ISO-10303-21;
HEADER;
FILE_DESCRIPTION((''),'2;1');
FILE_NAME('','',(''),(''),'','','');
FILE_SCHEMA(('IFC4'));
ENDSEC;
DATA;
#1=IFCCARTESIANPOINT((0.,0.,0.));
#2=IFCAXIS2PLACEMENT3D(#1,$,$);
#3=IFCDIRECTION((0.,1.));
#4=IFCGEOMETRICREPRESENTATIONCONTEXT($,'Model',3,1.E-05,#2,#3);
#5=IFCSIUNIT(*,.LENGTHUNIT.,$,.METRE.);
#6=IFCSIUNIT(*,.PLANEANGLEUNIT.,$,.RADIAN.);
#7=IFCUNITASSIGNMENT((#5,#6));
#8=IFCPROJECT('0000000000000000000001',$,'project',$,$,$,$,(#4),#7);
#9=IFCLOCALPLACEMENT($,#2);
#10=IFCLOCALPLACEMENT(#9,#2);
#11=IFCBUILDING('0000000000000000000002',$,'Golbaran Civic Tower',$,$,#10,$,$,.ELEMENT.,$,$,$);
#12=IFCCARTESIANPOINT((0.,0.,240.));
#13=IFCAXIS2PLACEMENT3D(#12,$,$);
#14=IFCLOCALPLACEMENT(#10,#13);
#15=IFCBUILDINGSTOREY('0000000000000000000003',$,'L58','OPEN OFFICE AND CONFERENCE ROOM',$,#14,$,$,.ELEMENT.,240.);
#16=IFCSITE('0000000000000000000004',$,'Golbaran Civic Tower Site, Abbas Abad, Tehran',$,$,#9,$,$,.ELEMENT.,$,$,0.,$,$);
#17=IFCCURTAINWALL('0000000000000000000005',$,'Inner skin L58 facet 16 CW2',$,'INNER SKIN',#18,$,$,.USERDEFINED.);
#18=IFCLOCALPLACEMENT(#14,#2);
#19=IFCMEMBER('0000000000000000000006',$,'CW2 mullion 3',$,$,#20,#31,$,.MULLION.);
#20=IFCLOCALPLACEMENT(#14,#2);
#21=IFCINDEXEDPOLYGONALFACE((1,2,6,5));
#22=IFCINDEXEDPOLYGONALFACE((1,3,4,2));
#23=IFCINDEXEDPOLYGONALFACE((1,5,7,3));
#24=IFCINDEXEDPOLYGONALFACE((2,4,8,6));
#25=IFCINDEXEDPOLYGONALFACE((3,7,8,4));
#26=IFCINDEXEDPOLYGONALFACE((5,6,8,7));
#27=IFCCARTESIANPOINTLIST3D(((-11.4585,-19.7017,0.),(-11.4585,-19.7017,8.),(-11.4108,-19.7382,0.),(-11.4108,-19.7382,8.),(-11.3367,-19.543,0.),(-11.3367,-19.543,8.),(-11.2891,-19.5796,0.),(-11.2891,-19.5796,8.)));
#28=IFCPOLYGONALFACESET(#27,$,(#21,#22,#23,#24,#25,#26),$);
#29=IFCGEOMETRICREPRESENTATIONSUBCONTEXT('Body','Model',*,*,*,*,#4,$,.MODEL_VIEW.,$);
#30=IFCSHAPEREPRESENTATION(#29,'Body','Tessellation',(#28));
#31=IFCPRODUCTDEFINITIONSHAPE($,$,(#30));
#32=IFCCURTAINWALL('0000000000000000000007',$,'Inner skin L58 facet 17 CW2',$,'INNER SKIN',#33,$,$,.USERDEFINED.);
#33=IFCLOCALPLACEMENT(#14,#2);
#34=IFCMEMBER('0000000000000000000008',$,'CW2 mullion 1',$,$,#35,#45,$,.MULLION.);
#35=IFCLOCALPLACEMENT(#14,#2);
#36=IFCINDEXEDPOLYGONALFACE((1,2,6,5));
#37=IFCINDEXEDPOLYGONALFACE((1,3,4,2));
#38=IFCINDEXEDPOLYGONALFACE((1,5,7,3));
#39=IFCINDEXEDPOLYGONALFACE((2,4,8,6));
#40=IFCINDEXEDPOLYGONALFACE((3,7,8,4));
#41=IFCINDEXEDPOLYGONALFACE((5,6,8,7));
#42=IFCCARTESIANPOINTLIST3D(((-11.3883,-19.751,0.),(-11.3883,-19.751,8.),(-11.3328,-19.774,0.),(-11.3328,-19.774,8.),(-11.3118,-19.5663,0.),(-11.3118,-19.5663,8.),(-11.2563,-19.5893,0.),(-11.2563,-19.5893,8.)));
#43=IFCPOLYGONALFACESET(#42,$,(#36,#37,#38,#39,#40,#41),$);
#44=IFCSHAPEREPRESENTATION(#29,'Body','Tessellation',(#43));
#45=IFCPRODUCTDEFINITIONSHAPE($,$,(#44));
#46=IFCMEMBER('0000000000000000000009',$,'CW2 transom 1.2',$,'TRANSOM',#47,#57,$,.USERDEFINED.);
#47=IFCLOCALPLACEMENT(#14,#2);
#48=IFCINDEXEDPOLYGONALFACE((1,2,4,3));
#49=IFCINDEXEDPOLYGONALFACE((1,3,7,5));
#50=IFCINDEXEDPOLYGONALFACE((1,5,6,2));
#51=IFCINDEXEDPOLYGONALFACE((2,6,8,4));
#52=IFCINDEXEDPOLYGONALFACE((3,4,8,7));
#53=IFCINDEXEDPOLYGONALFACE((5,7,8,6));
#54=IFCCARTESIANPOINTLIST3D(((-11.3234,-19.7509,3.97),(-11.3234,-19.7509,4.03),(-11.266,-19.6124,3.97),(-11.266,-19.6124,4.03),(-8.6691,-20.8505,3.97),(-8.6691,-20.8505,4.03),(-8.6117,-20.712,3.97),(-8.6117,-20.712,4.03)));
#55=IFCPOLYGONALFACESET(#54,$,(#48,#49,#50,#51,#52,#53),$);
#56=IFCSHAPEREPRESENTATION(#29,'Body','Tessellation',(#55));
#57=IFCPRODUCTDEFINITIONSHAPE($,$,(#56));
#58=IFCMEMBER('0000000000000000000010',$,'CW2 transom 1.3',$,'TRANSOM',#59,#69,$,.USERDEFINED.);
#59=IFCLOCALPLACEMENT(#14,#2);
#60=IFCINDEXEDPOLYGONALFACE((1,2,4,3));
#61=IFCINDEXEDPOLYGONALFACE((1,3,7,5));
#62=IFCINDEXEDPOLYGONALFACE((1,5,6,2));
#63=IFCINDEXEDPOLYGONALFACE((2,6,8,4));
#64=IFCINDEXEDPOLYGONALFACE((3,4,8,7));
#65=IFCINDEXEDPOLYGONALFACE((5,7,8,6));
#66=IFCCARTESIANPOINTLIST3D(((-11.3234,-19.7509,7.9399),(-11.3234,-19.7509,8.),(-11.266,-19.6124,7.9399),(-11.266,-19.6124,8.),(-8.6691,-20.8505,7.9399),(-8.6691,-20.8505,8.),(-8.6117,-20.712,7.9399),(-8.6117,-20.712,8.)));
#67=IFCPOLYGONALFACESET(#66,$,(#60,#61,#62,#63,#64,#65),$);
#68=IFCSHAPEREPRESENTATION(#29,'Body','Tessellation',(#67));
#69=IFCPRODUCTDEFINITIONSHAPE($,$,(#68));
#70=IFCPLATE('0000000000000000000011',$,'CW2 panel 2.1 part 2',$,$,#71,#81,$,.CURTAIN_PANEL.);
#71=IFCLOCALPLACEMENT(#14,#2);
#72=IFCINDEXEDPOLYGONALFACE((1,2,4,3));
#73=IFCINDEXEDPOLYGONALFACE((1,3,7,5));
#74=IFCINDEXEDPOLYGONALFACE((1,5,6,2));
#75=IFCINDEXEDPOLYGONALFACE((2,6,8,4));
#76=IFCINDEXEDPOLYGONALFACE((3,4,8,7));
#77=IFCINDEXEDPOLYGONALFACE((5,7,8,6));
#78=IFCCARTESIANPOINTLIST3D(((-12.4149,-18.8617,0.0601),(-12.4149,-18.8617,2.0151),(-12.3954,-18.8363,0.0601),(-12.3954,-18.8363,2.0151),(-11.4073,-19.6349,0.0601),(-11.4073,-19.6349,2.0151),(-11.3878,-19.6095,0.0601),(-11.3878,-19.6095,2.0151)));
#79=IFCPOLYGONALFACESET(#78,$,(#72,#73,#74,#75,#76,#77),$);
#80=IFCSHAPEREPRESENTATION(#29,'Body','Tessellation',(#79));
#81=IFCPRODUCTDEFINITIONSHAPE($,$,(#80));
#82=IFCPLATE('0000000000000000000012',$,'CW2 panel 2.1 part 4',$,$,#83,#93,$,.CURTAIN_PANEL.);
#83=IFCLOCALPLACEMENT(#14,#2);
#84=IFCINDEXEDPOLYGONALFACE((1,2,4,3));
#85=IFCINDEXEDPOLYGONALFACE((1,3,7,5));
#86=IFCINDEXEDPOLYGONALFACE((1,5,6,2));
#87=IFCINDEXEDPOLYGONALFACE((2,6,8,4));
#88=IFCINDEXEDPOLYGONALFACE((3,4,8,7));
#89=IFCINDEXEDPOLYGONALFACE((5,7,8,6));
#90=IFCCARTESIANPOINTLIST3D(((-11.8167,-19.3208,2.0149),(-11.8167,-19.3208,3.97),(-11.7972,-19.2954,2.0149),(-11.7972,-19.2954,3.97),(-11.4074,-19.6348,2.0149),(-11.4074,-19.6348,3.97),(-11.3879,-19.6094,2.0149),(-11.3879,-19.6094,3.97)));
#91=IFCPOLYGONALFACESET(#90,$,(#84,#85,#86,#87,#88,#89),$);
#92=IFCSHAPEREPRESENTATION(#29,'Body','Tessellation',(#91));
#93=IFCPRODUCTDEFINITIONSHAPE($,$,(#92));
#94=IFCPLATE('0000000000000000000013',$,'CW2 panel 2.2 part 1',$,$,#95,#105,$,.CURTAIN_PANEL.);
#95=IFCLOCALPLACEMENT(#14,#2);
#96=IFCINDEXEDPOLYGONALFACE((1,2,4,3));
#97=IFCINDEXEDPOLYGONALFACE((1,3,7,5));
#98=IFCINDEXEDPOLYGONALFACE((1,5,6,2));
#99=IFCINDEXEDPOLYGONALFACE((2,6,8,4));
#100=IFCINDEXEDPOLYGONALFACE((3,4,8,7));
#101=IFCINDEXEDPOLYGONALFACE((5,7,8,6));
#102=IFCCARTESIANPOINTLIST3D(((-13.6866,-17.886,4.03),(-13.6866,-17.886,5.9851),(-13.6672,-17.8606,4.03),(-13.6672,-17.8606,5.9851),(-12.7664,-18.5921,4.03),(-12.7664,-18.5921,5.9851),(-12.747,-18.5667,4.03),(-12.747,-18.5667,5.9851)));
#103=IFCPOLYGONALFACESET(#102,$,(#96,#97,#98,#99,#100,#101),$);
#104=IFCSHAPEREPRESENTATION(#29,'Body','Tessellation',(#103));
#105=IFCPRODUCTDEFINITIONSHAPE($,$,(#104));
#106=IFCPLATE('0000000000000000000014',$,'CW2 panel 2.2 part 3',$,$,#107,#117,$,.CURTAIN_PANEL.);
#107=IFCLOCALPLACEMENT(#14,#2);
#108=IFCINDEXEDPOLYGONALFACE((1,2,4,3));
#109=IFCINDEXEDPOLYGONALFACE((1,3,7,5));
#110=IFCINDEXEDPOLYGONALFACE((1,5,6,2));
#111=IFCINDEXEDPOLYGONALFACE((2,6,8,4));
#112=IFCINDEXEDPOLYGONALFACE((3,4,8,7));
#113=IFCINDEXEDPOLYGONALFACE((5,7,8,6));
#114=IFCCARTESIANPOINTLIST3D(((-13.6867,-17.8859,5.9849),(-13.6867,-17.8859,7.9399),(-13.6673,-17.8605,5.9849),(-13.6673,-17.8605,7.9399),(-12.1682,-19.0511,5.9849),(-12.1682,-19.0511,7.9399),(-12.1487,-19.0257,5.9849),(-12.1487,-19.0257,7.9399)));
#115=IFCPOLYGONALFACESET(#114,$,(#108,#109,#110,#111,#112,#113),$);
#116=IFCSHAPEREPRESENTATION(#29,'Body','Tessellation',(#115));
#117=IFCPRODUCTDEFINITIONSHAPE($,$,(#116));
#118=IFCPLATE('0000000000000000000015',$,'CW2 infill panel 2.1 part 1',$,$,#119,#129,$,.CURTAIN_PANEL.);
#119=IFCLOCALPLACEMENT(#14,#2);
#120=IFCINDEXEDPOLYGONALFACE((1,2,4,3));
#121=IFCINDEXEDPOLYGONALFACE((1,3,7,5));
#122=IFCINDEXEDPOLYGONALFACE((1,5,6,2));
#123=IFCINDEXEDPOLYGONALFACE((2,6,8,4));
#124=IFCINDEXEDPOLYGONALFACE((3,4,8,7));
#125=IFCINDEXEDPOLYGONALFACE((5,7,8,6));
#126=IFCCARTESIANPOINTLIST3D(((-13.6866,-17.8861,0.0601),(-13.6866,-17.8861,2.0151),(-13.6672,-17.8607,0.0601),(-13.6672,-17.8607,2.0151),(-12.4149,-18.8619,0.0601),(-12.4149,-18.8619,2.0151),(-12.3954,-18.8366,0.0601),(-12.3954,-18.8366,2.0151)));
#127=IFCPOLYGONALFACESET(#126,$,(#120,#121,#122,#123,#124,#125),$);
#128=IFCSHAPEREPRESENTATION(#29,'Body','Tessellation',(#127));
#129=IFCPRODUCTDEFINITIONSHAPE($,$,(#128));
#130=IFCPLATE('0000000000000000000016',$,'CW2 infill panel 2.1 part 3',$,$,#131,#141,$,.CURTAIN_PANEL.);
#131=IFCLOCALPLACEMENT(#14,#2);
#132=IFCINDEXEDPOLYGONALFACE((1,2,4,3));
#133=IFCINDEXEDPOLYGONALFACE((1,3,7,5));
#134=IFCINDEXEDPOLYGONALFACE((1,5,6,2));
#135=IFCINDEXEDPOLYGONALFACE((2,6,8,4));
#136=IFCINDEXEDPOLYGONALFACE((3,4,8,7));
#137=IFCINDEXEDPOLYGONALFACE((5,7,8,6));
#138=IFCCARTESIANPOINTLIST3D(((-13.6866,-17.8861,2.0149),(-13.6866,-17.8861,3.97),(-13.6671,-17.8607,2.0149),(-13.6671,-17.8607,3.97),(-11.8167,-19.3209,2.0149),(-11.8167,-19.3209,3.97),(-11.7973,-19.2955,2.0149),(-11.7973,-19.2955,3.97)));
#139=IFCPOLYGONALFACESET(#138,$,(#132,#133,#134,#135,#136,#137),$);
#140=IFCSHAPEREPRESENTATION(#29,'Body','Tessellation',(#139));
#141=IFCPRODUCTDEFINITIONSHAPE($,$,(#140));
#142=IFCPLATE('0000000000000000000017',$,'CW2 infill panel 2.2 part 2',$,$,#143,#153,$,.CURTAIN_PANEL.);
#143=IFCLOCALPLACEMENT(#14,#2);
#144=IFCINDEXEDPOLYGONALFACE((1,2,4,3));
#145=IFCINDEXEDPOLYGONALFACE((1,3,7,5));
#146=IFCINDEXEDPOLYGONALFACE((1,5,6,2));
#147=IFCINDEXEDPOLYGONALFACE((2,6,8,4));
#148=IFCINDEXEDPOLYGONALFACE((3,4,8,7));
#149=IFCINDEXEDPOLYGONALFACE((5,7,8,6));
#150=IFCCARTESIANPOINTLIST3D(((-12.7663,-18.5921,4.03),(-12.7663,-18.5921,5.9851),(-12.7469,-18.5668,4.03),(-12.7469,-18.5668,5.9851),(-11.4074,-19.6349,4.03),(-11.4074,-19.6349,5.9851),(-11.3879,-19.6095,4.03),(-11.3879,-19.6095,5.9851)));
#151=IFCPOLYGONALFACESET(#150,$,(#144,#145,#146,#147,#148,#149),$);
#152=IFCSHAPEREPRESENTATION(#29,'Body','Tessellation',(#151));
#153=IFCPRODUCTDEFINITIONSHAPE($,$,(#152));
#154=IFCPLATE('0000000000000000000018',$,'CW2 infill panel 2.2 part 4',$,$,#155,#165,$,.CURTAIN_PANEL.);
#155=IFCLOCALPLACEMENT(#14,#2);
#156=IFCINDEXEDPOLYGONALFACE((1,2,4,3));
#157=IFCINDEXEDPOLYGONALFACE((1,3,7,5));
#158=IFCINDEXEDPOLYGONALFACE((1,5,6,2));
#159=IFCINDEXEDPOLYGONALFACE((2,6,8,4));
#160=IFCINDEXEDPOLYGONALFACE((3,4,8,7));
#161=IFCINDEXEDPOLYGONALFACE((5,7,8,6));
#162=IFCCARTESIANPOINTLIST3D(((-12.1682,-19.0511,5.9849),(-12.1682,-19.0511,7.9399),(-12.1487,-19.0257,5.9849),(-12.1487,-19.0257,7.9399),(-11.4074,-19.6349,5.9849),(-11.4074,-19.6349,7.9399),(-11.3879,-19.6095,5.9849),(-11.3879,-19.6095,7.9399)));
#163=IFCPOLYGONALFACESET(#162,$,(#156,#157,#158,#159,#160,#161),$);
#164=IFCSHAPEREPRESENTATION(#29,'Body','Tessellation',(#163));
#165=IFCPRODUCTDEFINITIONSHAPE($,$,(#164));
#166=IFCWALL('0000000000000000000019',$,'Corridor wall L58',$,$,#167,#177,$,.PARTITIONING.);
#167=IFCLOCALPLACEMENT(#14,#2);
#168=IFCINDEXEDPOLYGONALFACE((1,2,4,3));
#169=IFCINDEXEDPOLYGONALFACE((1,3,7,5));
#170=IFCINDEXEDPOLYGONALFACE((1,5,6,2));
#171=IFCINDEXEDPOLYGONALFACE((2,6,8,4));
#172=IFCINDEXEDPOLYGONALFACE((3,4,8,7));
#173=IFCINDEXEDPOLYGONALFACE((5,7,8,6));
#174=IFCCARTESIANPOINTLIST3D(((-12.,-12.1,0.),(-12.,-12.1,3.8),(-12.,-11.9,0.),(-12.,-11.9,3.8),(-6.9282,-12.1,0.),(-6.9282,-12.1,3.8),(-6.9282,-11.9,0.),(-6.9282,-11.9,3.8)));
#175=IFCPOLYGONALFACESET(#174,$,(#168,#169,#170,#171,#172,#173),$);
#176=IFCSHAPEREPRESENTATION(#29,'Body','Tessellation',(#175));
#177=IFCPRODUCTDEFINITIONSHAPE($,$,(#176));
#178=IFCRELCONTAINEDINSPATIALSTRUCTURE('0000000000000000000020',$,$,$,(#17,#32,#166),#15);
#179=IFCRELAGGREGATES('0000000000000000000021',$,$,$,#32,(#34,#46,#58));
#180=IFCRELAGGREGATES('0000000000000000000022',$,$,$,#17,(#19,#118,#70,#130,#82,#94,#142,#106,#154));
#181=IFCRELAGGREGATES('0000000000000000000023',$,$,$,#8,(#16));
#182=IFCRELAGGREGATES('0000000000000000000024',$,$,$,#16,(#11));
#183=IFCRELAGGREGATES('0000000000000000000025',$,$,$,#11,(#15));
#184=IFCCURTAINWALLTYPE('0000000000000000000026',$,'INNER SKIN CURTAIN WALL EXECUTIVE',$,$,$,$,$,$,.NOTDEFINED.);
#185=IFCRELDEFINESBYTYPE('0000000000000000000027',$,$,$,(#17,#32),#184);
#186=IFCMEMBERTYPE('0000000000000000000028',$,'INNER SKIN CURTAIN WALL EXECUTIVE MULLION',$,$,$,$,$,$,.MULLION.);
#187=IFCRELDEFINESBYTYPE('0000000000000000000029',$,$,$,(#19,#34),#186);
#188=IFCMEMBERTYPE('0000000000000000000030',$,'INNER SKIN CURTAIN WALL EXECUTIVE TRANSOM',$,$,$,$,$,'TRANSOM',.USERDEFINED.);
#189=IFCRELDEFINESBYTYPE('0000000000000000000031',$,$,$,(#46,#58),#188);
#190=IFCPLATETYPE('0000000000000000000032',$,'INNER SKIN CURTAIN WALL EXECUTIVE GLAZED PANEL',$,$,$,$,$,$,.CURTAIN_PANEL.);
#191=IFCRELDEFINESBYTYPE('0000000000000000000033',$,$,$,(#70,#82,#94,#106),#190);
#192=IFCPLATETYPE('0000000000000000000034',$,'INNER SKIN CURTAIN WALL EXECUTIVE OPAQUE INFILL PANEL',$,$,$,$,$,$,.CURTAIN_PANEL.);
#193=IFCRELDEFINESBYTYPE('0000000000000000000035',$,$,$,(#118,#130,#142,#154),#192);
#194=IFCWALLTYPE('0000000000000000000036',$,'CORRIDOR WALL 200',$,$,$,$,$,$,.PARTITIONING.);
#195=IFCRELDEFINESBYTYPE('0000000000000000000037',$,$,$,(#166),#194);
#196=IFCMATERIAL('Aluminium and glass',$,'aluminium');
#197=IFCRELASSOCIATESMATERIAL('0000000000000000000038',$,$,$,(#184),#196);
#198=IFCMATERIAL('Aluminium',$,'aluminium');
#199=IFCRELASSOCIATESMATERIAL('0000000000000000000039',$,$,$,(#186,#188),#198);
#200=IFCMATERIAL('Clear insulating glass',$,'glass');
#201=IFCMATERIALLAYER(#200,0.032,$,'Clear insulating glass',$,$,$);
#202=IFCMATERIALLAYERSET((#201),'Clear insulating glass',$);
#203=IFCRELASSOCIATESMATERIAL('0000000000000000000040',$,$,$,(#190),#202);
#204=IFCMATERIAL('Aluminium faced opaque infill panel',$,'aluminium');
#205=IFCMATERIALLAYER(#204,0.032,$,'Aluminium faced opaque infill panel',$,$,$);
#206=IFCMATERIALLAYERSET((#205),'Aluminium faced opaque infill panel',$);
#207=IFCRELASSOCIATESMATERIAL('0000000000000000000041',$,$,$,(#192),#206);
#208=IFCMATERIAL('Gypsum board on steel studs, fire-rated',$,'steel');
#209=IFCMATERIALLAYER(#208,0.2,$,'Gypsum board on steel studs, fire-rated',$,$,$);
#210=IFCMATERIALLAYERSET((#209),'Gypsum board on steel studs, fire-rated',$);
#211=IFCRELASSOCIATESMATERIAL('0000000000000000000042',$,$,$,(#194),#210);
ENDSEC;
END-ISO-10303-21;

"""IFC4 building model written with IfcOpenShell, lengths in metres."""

from ifc_helpers import new_model, si_unit, direction, frame, frame_2d, origin, origin_2d, place, context, subcontext, project, spatial, rectangle, extrude, material, layer, layer_set, material_profile, profile_set, type_object, element, aggregate, save


model = new_model("IFC4")

# Units and contexts
model_context = context("Model", 3, precision=1e-05, world=origin(), true_north=direction((0.0, 1.0)))
body_context = subcontext(model_context, "Body", "Model", "MODEL_VIEW")
ifc_project = project(units=[si_unit("LENGTHUNIT", "METRE"), si_unit("PLANEANGLEUNIT", "RADIAN")], contexts=[model_context])

# Site, building, storey
site_placement = place(None, origin())
site = spatial("IfcSite", under=ifc_project, at=site_placement, Name="Golbaran Civic Tower Site, Abbas Abad, Tehran", CompositionType="ELEMENT", RefElevation=0.0)
building_placement = place(site_placement, origin())
building = spatial("IfcBuilding", under=site, at=building_placement, Name="Golbaran Civic Tower", CompositionType="ELEMENT")
storey_placement = place(building_placement, frame((0.0, 0.0, 240.0)))
storey = spatial("IfcBuildingStorey", under=building, at=storey_placement, Name="L58", Description="OPEN OFFICE AND CONFERENCE ROOM", CompositionType="ELEMENT", Elevation=240.0)

# Curtain wall, member
ifc_material_1 = material(Name="Aluminium and glass", Category="aluminium")
curtain_wall_type = type_object("IfcCurtainWallType", Name="INNER SKIN CURTAIN WALL EXECUTIVE", PredefinedType="NOTDEFINED", material=ifc_material_1)
curtain_wall_1_placement = place(storey_placement, origin())
curtain_wall_1 = element("IfcCurtainWall", 1, at=curtain_wall_1_placement, inside=storey, type_object=curtain_wall_type, Name="Inner skin L58 facet 16 CW2", ObjectType="INNER SKIN", PredefinedType="USERDEFINED")
ifc_material_2 = material(Name="Aluminium", Category="aluminium")
ifc_material_profile_1 = material_profile(ifc_material_2, rectangle(XDim=0.2, YDim=0.0601, at=origin_2d()), Name="INNER SKIN CURTAIN WALL EXECUTIVE MULLION")
ifc_profile_set_1 = profile_set([ifc_material_profile_1], Name="Aluminium")
member_type_1 = type_object("IfcMemberType", Name="INNER SKIN CURTAIN WALL EXECUTIVE MULLION", PredefinedType="MULLION", material=ifc_profile_set_1)
member_1_placement = place(storey_placement, frame((-11.3738, -19.6406, 0.0), z_axis=(0.0, 0.0, 1.0), x_axis=(0.608761, 0.793353, 0.0)))
member_1 = element("IfcMember", 2, at=member_1_placement, type_object=member_type_1, Name="CW2 mullion 3", PredefinedType="MULLION", context=body_context, shape_type="SweptSolid", body=[
    extrude(rectangle(XDim=0.2, YDim=0.0601, at=origin_2d()), origin(), (0.0, 0.0, 1.0), 8.0),
])

# Curtain wall, members
curtain_wall_2_placement = place(storey_placement, origin())
curtain_wall_2 = element("IfcCurtainWall", 3, at=curtain_wall_2_placement, inside=storey, type_object=curtain_wall_type, Name="Inner skin L58 facet 17 CW2", ObjectType="INNER SKIN", PredefinedType="USERDEFINED")
member_2_placement = place(storey_placement, frame((-11.3223, -19.6702, 0.0), z_axis=(0.0, 0.0, 1.0), x_axis=(0.382683, 0.92388, 0.0)))
member_2 = element("IfcMember", 4, at=member_2_placement, type_object=member_type_1, Name="CW2 mullion 1", PredefinedType="MULLION", context=body_context, shape_type="SweptSolid", body=[
    extrude(rectangle(XDim=0.2, YDim=0.0601, at=origin_2d()), origin(), (0.0, 0.0, 1.0), 8.0),
])
ifc_material_profile_2 = material_profile(ifc_material_2, rectangle(XDim=0.1499, YDim=0.0601, at=origin_2d()), Name="INNER SKIN CURTAIN WALL EXECUTIVE TRANSOM")
ifc_profile_set_2 = profile_set([ifc_material_profile_2], Name="Aluminium")
member_type_2 = type_object("IfcMemberType", Name="INNER SKIN CURTAIN WALL EXECUTIVE TRANSOM", ElementType="TRANSOM", PredefinedType="USERDEFINED", material=ifc_profile_set_2)
member_3_placement = place(storey_placement, frame((-11.2947, -19.6816, 4.0), z_axis=(0.923859, -0.382732, 0.0), x_axis=(0.382732, 0.923859, 0.0)))
member_3 = element("IfcMember", 5, at=member_3_placement, type_object=member_type_2, Name="CW2 transom 1.2", ObjectType="TRANSOM", PredefinedType="USERDEFINED", context=body_context, shape_type="SweptSolid", body=[
    extrude(rectangle(XDim=0.1499, YDim=0.0601, at=origin_2d()), origin(), (0.0, 0.0, 1.0), 2.873),
])
member_4_placement = place(storey_placement, frame((-11.2947, -19.6816, 7.97), z_axis=(0.923859, -0.382732, 0.0), x_axis=(0.382732, 0.923859, 0.0)))
member_4 = element("IfcMember", 6, at=member_4_placement, type_object=member_type_2, Name="CW2 transom 1.3", ObjectType="TRANSOM", PredefinedType="USERDEFINED", context=body_context, shape_type="SweptSolid", body=[
    extrude(rectangle(XDim=0.1499, YDim=0.0601, at=origin_2d()), origin(), (0.0, 0.0, 1.0), 2.873),
])
aggregate(curtain_wall_2, [member_2, member_3, member_4])

# Plates
ifc_material_3 = material(Name="Clear insulating glass", Category="glass")
ifc_layer_1 = layer(ifc_material_3, 0.032, Name="Clear insulating glass")
ifc_layer_set_1 = layer_set([ifc_layer_1], Name="Clear insulating glass")
plate_type_1 = type_object("IfcPlateType", Name="INNER SKIN CURTAIN WALL EXECUTIVE GLAZED PANEL", PredefinedType="CURTAIN_PANEL", material=ifc_layer_set_1)
plate_1_placement = place(storey_placement, frame((-11.9014, -19.2356, 0.0601), z_axis=(0.0, 0.0, 1.0), x_axis=(0.793353, -0.608761, 0.0)))
plate_1 = element("IfcPlate", 7, at=plate_1_placement, type_object=plate_type_1, Name="CW2 panel 2.1 part 2", PredefinedType="CURTAIN_PANEL", context=body_context, shape_type="SweptSolid", body=[
    extrude(rectangle(XDim=1.27, YDim=0.032, at=origin_2d()), origin(), (0.0, 0.0, 1.0), 1.9551),
])
plate_2_placement = place(storey_placement, frame((-11.6023, -19.4651, 2.0149), z_axis=(0.0, 0.0, 1.0), x_axis=(0.793353, -0.608761, 0.0)))
plate_2 = element("IfcPlate", 8, at=plate_2_placement, type_object=plate_type_1, Name="CW2 panel 2.1 part 4", PredefinedType="CURTAIN_PANEL", context=body_context, shape_type="SweptSolid", body=[
    extrude(rectangle(XDim=0.5159, YDim=0.032, at=origin_2d()), origin(), (0.0, 0.0, 1.0), 1.9551),
])
plate_3_placement = place(storey_placement, frame((-13.2168, -18.2263, 4.03), z_axis=(0.0, 0.0, 1.0), x_axis=(0.793353, -0.608761, 0.0)))
plate_3 = element("IfcPlate", 9, at=plate_3_placement, type_object=plate_type_1, Name="CW2 panel 2.2 part 1", PredefinedType="CURTAIN_PANEL", context=body_context, shape_type="SweptSolid", body=[
    extrude(rectangle(XDim=1.1599, YDim=0.032, at=origin_2d()), origin(), (0.0, 0.0, 1.0), 1.9551),
])
plate_4_placement = place(storey_placement, frame((-12.9177, -18.4558, 5.9849), z_axis=(0.0, 0.0, 1.0), x_axis=(0.793353, -0.608761, 0.0)))
plate_4 = element("IfcPlate", 10, at=plate_4_placement, type_object=plate_type_1, Name="CW2 panel 2.2 part 3", PredefinedType="CURTAIN_PANEL", context=body_context, shape_type="SweptSolid", body=[
    extrude(rectangle(XDim=1.9141, YDim=0.032, at=origin_2d()), origin(), (0.0, 0.0, 1.0), 1.9551),
])
ifc_material_4 = material(Name="Aluminium faced opaque infill panel", Category="aluminium")
ifc_layer_2 = layer(ifc_material_4, 0.032, Name="Aluminium faced opaque infill panel")
ifc_layer_set_2 = layer_set([ifc_layer_2], Name="Aluminium faced opaque infill panel")
plate_type_2 = type_object("IfcPlateType", Name="INNER SKIN CURTAIN WALL EXECUTIVE OPAQUE INFILL PANEL", PredefinedType="CURTAIN_PANEL", material=ifc_layer_set_2)
plate_5_placement = place(storey_placement, frame((-13.041, -18.3613, 0.0601), z_axis=(0.0, 0.0, 1.0), x_axis=(0.793353, -0.608761, 0.0)))
plate_5 = element("IfcPlate", 11, at=plate_5_placement, type_object=plate_type_2, Name="CW2 infill panel 2.1 part 1", PredefinedType="CURTAIN_PANEL", context=body_context, shape_type="SweptSolid", body=[
    extrude(rectangle(XDim=1.603, YDim=0.032, at=origin_2d()), origin(), (0.0, 0.0, 1.0), 1.9551),
])
plate_6_placement = place(storey_placement, frame((-12.7419, -18.5908, 2.0149), z_axis=(0.0, 0.0, 1.0), x_axis=(0.793353, -0.608761, 0.0)))
plate_6 = element("IfcPlate", 12, at=plate_6_placement, type_object=plate_type_2, Name="CW2 infill panel 2.1 part 3", PredefinedType="CURTAIN_PANEL", context=body_context, shape_type="SweptSolid", body=[
    extrude(rectangle(XDim=2.3569, YDim=0.032, at=origin_2d()), origin(), (0.0, 0.0, 1.0), 1.9551),
])
plate_7_placement = place(storey_placement, frame((-12.0771, -19.1008, 4.03), z_axis=(0.0, 0.0, 1.0), x_axis=(0.793353, -0.608761, 0.0)))
plate_7 = element("IfcPlate", 13, at=plate_7_placement, type_object=plate_type_2, Name="CW2 infill panel 2.2 part 2", PredefinedType="CURTAIN_PANEL", context=body_context, shape_type="SweptSolid", body=[
    extrude(rectangle(XDim=1.7129, YDim=0.032, at=origin_2d()), origin(), (0.0, 0.0, 1.0), 1.9551),
])
plate_8_placement = place(storey_placement, frame((-11.7781, -19.3303, 5.9849), z_axis=(0.0, 0.0, 1.0), x_axis=(0.793353, -0.608761, 0.0)))
plate_8 = element("IfcPlate", 14, at=plate_8_placement, type_object=plate_type_2, Name="CW2 infill panel 2.2 part 4", PredefinedType="CURTAIN_PANEL", context=body_context, shape_type="SweptSolid", body=[
    extrude(rectangle(XDim=0.959, YDim=0.032, at=origin_2d()), origin(), (0.0, 0.0, 1.0), 1.9551),
])
aggregate(curtain_wall_1, [member_1, plate_5, plate_1, plate_6, plate_2, plate_3, plate_7, plate_4, plate_8])

# Wall
ifc_material_5 = material(Name="Gypsum board on steel studs, fire-rated", Category="steel")
ifc_layer_3 = layer(ifc_material_5, 0.2, Name="Gypsum board on steel studs, fire-rated")
ifc_layer_set_3 = layer_set([ifc_layer_3], Name="Gypsum board on steel studs, fire-rated")
wall_type_1 = type_object("IfcWallType", Name="CORRIDOR WALL 200", PredefinedType="PARTITIONING", material=ifc_layer_set_3)
wall_1_placement = place(storey_placement, frame((-12.0, -12.0, 0.0), z_axis=(0.0, 0.0, 1.0), x_axis=(1.0, 0.0, 0.0)))
element("IfcWall", 15, at=wall_1_placement, inside=storey, type_object=wall_type_1, Name="Corridor wall L58", PredefinedType="PARTITIONING", context=body_context, shape_type="SweptSolid", body=[
    extrude(rectangle(XDim=5.0718, YDim=0.2, at=frame_2d((2.5359, 0.0))), origin(), (0.0, 0.0, 1.0), 3.8),
])

save(model, "model.ifc")
